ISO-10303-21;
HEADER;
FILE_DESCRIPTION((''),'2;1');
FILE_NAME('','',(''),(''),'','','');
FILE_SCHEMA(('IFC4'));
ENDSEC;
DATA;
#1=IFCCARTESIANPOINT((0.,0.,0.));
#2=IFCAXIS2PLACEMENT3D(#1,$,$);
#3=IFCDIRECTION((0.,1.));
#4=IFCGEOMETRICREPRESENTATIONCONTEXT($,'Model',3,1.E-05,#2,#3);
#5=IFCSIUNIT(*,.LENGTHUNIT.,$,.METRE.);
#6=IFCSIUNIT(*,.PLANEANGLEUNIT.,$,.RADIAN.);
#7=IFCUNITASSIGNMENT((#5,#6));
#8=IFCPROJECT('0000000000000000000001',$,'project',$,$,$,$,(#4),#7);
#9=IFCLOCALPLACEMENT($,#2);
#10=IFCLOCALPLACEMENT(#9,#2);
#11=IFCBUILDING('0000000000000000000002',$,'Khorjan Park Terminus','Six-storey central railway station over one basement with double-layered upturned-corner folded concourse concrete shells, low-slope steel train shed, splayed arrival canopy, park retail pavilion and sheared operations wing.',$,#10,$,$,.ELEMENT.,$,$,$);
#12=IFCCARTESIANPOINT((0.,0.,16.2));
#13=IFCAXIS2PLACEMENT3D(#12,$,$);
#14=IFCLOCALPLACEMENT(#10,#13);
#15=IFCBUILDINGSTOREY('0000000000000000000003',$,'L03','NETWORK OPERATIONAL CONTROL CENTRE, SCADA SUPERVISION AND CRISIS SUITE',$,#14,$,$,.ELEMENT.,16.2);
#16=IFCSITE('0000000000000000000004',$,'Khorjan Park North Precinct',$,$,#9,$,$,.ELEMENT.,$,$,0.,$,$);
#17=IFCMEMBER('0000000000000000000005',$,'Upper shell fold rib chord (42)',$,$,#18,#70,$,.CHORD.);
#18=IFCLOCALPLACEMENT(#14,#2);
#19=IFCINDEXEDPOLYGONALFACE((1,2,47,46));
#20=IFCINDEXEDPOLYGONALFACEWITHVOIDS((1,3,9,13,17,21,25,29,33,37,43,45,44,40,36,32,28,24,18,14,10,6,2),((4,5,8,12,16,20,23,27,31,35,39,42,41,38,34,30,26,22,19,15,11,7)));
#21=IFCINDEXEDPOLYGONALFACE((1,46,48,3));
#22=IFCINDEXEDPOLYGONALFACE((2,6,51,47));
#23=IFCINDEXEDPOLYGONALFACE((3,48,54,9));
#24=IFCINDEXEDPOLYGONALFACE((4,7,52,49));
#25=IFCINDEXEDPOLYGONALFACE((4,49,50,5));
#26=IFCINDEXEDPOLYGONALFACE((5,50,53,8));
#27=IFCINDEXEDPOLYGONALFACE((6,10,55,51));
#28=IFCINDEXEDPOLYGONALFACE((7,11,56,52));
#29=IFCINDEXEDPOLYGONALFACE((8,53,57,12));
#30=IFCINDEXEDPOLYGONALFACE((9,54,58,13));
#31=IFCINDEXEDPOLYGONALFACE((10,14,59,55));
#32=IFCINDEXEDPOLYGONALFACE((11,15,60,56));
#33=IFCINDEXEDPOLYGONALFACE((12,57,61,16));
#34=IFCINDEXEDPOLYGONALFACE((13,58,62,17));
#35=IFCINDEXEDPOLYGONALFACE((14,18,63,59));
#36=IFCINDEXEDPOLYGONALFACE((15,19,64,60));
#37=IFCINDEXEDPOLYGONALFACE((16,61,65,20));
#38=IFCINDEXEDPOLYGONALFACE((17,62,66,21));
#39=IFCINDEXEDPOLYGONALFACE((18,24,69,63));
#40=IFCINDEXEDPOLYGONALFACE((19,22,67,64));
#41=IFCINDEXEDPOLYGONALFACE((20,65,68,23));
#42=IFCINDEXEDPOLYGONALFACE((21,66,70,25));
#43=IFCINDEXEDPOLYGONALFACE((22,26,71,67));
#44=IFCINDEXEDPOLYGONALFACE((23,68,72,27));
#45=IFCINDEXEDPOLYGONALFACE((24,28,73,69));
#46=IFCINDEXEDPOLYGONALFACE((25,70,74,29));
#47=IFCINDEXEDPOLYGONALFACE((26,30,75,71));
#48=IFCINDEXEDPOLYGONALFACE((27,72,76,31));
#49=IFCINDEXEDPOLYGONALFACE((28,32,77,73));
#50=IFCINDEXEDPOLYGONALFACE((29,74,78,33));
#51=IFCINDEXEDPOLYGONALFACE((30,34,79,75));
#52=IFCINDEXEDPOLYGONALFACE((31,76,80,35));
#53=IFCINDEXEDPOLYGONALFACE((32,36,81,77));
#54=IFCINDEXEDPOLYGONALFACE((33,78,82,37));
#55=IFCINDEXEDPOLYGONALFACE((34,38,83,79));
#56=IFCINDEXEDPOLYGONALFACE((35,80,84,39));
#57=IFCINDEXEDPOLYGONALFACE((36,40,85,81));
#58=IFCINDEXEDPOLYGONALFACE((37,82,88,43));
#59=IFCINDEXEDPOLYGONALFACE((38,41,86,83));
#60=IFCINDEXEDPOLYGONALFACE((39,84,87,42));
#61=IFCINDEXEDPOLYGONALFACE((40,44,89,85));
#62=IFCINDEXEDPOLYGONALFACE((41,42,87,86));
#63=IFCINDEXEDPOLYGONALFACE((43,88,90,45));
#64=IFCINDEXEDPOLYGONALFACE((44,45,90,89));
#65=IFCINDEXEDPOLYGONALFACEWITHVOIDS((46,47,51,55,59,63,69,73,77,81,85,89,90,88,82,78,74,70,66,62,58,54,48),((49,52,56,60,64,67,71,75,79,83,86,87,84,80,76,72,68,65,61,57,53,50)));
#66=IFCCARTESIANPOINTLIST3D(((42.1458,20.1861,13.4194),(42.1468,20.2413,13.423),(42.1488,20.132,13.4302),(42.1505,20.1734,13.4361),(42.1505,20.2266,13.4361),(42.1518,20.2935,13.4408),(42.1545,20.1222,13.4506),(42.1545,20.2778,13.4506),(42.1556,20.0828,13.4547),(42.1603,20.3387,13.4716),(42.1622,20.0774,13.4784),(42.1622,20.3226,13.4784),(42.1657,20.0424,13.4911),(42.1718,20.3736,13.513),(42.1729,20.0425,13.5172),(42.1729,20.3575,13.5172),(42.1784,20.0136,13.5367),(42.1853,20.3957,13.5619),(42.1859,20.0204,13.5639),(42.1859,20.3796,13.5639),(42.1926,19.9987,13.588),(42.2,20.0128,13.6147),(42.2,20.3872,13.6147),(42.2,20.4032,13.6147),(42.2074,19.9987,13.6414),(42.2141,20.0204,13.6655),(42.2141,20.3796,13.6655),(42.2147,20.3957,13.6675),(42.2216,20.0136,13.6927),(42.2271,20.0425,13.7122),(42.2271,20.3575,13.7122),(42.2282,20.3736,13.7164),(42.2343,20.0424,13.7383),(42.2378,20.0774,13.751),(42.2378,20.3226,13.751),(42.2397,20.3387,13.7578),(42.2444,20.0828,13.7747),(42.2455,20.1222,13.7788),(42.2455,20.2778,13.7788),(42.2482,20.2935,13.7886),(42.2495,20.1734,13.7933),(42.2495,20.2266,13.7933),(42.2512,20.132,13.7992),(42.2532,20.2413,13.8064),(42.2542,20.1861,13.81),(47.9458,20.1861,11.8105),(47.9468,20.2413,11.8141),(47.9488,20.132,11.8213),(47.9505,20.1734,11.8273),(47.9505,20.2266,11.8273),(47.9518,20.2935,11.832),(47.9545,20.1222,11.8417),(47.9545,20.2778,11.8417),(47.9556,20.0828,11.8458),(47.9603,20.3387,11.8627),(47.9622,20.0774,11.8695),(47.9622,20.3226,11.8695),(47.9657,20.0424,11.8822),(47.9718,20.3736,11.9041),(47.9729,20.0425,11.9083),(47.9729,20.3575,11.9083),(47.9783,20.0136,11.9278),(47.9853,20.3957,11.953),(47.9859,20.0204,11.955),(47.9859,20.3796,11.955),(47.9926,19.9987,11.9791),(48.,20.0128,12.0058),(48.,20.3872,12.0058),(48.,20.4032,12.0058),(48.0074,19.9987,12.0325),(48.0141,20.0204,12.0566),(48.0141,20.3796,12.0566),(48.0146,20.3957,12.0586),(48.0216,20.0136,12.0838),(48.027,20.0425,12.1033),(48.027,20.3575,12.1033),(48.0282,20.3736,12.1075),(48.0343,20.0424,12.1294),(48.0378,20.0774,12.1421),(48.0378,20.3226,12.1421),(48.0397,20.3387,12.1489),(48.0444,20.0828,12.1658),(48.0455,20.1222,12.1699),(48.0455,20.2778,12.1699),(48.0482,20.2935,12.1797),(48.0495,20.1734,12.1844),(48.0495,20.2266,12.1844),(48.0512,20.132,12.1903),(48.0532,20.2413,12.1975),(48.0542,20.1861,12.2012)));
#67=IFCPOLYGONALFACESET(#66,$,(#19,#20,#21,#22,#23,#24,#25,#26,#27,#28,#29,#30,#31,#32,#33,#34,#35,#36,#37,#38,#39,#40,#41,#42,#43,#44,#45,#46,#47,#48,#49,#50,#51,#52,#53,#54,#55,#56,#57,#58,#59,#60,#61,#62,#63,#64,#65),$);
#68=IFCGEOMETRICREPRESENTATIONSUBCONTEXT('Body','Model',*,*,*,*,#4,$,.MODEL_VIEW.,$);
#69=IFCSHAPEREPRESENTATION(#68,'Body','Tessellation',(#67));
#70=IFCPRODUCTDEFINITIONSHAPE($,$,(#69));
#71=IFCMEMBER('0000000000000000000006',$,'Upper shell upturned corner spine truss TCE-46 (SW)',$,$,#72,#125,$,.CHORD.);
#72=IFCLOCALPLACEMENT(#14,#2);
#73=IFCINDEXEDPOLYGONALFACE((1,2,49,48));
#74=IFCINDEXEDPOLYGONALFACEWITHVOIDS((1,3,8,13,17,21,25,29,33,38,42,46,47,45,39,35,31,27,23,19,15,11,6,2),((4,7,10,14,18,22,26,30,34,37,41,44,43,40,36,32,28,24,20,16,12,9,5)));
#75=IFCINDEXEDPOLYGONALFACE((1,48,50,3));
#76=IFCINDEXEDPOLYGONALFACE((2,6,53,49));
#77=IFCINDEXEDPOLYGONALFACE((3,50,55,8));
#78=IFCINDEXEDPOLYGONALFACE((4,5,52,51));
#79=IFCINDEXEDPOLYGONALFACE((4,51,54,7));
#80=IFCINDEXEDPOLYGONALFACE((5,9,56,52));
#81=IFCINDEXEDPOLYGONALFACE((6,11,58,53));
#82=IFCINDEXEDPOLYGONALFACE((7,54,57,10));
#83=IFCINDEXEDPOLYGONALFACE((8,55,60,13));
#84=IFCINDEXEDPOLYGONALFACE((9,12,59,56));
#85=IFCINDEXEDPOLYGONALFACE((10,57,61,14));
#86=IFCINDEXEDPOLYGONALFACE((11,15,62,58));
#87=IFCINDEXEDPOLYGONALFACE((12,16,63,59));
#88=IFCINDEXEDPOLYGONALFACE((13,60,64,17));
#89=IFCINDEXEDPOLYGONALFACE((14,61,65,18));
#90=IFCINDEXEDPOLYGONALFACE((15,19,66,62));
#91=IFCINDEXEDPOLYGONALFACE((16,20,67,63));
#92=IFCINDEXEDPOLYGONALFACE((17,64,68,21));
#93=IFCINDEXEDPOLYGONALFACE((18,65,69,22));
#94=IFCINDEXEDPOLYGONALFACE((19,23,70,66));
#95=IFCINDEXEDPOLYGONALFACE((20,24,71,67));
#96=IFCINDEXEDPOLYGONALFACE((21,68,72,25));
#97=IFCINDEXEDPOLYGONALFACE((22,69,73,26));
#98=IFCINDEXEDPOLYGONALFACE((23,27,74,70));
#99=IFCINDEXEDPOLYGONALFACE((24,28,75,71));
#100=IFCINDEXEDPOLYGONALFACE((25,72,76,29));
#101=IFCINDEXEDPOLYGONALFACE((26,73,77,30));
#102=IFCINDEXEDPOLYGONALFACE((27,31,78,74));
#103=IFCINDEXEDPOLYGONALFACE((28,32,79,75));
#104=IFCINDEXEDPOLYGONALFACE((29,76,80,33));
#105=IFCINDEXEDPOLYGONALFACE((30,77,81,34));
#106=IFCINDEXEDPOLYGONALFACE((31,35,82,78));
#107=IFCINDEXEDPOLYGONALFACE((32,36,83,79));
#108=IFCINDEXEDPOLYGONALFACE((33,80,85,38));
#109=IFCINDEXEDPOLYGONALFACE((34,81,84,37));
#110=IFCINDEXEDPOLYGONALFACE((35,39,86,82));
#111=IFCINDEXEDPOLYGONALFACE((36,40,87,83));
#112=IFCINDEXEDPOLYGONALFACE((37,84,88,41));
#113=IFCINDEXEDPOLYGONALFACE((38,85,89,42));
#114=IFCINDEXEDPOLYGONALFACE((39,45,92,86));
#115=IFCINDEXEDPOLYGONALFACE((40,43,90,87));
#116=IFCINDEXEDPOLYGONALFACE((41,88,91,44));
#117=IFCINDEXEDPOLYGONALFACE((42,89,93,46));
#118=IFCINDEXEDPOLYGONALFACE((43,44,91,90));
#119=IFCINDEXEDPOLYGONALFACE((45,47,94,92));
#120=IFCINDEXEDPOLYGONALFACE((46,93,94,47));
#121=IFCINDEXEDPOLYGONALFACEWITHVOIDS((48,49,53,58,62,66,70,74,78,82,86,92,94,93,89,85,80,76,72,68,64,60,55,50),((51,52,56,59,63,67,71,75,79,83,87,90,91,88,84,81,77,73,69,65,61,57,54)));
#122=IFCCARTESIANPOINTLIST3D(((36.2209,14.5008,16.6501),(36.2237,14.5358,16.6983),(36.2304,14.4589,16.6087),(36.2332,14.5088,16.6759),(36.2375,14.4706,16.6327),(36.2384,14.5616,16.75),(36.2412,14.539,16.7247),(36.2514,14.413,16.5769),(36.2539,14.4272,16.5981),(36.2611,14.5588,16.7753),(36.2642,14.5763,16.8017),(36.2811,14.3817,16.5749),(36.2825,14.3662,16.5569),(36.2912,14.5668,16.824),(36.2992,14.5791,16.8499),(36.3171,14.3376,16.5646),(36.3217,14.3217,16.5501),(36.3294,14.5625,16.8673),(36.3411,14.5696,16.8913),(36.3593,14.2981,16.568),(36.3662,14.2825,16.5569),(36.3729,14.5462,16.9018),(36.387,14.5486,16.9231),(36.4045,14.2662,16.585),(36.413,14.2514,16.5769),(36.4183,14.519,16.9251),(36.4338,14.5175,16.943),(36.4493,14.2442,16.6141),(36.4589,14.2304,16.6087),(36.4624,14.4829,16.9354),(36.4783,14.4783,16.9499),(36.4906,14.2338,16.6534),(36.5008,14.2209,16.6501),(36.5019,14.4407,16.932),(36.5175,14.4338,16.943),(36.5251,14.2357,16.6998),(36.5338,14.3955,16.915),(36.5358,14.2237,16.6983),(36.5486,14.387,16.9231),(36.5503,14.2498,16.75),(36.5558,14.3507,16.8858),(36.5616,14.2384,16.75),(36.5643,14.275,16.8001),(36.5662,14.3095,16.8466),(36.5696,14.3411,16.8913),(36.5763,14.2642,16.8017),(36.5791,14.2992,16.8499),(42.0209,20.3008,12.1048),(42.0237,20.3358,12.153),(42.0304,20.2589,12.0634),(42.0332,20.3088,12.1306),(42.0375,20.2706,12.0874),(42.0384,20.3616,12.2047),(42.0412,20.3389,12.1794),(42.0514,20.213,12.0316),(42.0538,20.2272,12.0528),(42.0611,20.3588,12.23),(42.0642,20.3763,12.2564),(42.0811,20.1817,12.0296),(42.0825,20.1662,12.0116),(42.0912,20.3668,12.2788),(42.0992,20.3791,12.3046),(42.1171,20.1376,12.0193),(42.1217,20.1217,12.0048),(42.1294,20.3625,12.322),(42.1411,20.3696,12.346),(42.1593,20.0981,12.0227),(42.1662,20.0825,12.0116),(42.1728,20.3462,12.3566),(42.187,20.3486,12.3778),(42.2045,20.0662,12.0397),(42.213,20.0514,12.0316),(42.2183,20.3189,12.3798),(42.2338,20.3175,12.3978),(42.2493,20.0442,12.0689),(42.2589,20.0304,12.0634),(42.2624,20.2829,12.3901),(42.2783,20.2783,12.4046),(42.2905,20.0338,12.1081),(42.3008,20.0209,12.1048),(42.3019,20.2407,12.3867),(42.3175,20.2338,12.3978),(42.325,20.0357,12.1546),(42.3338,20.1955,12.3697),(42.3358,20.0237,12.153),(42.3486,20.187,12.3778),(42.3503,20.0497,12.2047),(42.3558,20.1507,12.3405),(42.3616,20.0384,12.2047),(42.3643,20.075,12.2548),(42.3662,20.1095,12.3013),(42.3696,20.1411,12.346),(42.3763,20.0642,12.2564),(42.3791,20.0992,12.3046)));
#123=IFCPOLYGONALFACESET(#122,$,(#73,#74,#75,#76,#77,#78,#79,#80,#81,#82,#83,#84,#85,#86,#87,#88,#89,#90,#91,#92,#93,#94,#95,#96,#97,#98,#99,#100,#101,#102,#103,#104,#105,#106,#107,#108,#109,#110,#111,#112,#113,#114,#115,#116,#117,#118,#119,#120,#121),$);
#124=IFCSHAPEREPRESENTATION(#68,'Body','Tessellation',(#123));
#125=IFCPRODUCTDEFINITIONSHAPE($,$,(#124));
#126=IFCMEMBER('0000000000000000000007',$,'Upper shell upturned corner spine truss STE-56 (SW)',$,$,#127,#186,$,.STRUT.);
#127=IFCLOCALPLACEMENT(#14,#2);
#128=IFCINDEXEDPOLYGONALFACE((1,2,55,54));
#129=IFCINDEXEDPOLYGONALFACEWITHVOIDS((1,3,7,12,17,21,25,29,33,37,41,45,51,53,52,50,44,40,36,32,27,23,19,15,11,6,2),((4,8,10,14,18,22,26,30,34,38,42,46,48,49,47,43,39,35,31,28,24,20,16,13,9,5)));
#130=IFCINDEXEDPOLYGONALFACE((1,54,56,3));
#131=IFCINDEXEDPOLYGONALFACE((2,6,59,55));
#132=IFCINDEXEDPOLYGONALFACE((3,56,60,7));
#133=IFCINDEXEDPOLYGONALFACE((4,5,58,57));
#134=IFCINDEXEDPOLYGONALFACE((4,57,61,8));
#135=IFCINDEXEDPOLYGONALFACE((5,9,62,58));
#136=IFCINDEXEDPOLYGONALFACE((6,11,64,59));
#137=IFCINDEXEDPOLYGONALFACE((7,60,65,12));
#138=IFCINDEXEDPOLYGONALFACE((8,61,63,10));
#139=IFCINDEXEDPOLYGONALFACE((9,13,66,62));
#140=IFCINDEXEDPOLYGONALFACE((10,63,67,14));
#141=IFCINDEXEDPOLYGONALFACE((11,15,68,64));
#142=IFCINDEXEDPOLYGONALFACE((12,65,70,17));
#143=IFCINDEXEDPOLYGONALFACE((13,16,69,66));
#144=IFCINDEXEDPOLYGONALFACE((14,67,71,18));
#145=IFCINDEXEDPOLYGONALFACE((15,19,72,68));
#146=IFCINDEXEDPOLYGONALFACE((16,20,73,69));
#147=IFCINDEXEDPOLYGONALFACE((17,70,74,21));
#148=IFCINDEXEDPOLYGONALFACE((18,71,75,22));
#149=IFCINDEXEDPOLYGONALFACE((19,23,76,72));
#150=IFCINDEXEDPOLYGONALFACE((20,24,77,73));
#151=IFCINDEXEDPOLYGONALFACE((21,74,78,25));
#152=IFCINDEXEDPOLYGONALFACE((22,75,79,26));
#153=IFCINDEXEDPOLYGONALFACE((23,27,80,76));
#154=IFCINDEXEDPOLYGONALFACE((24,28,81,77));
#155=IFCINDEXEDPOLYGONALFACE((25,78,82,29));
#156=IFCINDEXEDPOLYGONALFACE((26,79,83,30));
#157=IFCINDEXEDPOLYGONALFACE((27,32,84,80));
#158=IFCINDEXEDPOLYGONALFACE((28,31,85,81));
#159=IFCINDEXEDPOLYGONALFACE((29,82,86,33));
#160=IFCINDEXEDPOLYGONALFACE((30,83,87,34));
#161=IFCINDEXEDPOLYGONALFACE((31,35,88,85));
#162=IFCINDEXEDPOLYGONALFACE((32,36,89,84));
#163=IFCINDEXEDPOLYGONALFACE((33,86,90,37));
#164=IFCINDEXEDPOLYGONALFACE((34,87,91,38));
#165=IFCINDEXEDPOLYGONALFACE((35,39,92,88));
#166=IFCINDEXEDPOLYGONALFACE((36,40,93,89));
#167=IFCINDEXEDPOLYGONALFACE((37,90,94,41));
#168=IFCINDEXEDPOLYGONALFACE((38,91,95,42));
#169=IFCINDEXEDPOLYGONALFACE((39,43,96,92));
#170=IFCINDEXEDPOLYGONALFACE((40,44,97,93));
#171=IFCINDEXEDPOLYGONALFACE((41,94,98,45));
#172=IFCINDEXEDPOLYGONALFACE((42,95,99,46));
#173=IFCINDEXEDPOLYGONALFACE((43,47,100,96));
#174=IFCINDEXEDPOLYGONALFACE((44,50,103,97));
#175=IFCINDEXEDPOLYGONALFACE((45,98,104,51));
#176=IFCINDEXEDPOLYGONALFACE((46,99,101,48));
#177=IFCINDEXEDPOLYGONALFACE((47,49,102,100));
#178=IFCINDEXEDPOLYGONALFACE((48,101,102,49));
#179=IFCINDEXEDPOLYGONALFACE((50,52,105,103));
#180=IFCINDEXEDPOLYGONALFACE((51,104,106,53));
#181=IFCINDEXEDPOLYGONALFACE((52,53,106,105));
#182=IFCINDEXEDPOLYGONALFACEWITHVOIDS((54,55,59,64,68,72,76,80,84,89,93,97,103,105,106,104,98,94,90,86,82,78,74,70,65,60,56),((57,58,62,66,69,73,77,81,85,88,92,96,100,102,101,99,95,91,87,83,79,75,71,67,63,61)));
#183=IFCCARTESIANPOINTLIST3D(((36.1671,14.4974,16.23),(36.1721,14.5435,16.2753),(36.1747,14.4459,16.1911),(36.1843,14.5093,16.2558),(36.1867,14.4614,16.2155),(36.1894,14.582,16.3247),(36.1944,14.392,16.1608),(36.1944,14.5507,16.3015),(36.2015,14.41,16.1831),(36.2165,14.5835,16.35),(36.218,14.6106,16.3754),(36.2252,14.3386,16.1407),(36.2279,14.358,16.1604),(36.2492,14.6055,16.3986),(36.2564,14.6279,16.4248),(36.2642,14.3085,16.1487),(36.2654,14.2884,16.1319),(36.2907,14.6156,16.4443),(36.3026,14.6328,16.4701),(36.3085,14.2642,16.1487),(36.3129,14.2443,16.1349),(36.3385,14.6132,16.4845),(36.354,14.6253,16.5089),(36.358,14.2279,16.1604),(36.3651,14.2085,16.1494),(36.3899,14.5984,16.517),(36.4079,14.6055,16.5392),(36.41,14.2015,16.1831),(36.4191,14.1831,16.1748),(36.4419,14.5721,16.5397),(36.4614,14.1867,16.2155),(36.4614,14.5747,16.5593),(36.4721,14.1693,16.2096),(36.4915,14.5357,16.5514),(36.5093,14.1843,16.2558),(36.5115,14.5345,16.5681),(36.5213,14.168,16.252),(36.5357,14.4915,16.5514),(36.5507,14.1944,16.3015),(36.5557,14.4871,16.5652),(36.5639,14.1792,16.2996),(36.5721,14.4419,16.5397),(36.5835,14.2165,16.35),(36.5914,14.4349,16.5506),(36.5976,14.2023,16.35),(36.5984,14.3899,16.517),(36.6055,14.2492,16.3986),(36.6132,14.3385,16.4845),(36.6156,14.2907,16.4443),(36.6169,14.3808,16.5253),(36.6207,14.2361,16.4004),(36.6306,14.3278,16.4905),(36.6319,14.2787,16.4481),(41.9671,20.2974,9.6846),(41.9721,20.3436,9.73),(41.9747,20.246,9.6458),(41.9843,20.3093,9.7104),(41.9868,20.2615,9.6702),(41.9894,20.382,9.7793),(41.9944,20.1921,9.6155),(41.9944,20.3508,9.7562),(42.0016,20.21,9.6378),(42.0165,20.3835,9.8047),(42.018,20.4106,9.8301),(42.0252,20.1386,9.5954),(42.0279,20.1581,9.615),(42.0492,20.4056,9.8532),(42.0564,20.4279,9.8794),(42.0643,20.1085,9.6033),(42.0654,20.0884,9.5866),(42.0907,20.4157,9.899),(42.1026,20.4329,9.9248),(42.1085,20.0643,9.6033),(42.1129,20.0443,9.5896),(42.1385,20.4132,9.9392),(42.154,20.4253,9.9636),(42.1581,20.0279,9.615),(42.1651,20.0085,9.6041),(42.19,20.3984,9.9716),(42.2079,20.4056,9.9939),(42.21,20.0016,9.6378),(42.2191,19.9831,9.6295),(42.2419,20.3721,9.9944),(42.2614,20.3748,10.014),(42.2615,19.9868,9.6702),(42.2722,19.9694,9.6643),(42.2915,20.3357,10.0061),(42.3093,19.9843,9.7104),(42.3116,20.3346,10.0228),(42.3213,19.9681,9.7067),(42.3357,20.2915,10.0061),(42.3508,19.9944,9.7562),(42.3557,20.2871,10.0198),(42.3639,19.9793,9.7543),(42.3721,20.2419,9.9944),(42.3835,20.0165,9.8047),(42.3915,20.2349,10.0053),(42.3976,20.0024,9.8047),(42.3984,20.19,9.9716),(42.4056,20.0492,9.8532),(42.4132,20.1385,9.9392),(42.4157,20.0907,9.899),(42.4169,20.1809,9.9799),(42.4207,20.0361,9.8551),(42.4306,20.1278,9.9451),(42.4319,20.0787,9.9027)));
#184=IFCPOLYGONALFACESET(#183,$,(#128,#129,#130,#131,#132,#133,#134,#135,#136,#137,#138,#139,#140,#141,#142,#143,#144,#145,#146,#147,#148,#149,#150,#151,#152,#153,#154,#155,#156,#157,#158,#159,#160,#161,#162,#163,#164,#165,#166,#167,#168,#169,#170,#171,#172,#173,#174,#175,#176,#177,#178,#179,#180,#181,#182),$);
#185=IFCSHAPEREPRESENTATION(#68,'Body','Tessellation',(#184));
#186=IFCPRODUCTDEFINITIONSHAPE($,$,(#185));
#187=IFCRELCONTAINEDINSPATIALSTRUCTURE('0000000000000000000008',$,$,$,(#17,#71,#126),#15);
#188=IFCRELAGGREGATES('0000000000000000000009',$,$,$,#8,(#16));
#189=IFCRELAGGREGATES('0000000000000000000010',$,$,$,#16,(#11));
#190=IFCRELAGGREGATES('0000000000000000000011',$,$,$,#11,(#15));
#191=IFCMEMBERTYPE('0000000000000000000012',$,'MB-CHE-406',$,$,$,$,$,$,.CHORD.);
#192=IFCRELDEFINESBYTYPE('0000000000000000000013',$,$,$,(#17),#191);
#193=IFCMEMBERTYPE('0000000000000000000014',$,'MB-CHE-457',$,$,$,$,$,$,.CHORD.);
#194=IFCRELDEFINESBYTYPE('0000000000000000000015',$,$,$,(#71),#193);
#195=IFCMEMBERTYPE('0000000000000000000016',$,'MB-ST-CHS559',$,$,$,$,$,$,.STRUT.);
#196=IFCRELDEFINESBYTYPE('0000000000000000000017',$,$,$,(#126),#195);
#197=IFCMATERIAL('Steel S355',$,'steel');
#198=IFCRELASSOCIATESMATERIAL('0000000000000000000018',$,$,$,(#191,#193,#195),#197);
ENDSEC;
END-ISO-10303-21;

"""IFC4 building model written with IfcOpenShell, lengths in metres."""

from ifc_helpers import new_model, si_unit, direction, frame, origin, origin_2d, place, context, subcontext, project, spatial, hollow_circle, extrude, material, material_profile, profile_set, type_object, element, save


model = new_model("IFC4")

# Units and contexts
model_context = context("Model", 3, precision=1e-05, world=origin(), true_north=direction((0.0, 1.0)))
body_context = subcontext(model_context, "Body", "Model", "MODEL_VIEW")
ifc_project = project(units=[si_unit("LENGTHUNIT", "METRE"), si_unit("PLANEANGLEUNIT", "RADIAN")], contexts=[model_context])

# Site, building, storey
site_placement = place(None, origin())
site = spatial("IfcSite", under=ifc_project, at=site_placement, Name="Khorjan Park North Precinct", CompositionType="ELEMENT", RefElevation=0.0)
building_placement = place(site_placement, origin())
building = spatial("IfcBuilding", under=site, at=building_placement, Name="Khorjan Park Terminus", Description="Six-storey central railway station over one basement with double-layered upturned-corner folded concourse concrete shells, low-slope steel train shed, splayed arrival canopy, park retail pavilion and sheared operations wing.", CompositionType="ELEMENT")
storey_placement = place(building_placement, frame((0.0, 0.0, 16.2)))
storey = spatial("IfcBuildingStorey", under=building, at=storey_placement, Name="L03", Description="NETWORK OPERATIONAL CONTROL CENTRE, SCADA SUPERVISION AND CRISIS SUITE", CompositionType="ELEMENT", Elevation=16.2)

# Members
ifc_material_1 = material(Name="Steel S355", Category="steel")
ifc_material_profile_1 = material_profile(ifc_material_1, hollow_circle(Radius=0.2032, WallThickness=0.016, at=origin_2d()), Name="CHS 406.4x16")
ifc_profile_set_1 = profile_set([ifc_material_profile_1], Name="Steel S355")
member_type_1 = type_object("IfcMemberType", Name="MB-CHE-406", PredefinedType="CHORD", material=ifc_profile_set_1)
member_1_placement = place(storey_placement, frame((42.2, 20.2, 13.6147), z_axis=(0.963613, 0.0, -0.267303), x_axis=(0.0, 1.0, 0.0)))
element("IfcMember", 1, at=member_1_placement, inside=storey, type_object=member_type_1, Name="Upper shell fold rib chord (42)", PredefinedType="CHORD", context=body_context, shape_type="SweptSolid", body=[
    extrude(hollow_circle(Radius=0.2032, WallThickness=0.016, at=origin_2d()), origin(), (0.0, 0.0, 1.0), 6.019),
])
ifc_material_profile_2 = material_profile(ifc_material_1, hollow_circle(Radius=0.2285, WallThickness=0.016, at=origin_2d()), Name="CHS 457x16")
ifc_profile_set_2 = profile_set([ifc_material_profile_2], Name="Steel S355")
member_type_2 = type_object("IfcMemberType", Name="MB-CHE-457", PredefinedType="CHORD", material=ifc_profile_set_2)
member_2_placement = place(storey_placement, frame((42.2, 20.2, 12.2047), z_axis=(-0.618494, -0.618494, 0.484697), x_axis=(0.707107, -0.707107, 0.0)))
element("IfcMember", 2, at=member_2_placement, inside=storey, type_object=member_type_2, Name="Upper shell upturned corner spine truss TCE-46 (SW)", PredefinedType="CHORD", context=body_context, shape_type="SweptSolid", body=[
    extrude(hollow_circle(Radius=0.2285, WallThickness=0.016, at=origin_2d()), origin(), (0.0, 0.0, 1.0), 9.3776),
])
ifc_material_profile_3 = material_profile(ifc_material_1, hollow_circle(Radius=0.2795, WallThickness=0.02, at=origin_2d()), Name="CHS 559x20")
ifc_profile_set_3 = profile_set([ifc_material_profile_3], Name="Steel S355")
member_type_3 = type_object("IfcMemberType", Name="MB-ST-CHS559", PredefinedType="STRUT", material=ifc_profile_set_3)
member_3_placement = place(storey_placement, frame((42.2, 20.2, 9.8047), z_axis=(-0.552705, -0.552705, 0.623727), x_axis=(0.707107, -0.707107, 0.0)))
element("IfcMember", 3, at=member_3_placement, inside=storey, type_object=member_type_3, Name="Upper shell upturned corner spine truss STE-56 (SW)", PredefinedType="STRUT", context=body_context, shape_type="SweptSolid", body=[
    extrude(hollow_circle(Radius=0.2795, WallThickness=0.02, at=origin_2d()), origin(), (0.0, 0.0, 1.0), 10.4939),
])

save(model, "model.ifc")
